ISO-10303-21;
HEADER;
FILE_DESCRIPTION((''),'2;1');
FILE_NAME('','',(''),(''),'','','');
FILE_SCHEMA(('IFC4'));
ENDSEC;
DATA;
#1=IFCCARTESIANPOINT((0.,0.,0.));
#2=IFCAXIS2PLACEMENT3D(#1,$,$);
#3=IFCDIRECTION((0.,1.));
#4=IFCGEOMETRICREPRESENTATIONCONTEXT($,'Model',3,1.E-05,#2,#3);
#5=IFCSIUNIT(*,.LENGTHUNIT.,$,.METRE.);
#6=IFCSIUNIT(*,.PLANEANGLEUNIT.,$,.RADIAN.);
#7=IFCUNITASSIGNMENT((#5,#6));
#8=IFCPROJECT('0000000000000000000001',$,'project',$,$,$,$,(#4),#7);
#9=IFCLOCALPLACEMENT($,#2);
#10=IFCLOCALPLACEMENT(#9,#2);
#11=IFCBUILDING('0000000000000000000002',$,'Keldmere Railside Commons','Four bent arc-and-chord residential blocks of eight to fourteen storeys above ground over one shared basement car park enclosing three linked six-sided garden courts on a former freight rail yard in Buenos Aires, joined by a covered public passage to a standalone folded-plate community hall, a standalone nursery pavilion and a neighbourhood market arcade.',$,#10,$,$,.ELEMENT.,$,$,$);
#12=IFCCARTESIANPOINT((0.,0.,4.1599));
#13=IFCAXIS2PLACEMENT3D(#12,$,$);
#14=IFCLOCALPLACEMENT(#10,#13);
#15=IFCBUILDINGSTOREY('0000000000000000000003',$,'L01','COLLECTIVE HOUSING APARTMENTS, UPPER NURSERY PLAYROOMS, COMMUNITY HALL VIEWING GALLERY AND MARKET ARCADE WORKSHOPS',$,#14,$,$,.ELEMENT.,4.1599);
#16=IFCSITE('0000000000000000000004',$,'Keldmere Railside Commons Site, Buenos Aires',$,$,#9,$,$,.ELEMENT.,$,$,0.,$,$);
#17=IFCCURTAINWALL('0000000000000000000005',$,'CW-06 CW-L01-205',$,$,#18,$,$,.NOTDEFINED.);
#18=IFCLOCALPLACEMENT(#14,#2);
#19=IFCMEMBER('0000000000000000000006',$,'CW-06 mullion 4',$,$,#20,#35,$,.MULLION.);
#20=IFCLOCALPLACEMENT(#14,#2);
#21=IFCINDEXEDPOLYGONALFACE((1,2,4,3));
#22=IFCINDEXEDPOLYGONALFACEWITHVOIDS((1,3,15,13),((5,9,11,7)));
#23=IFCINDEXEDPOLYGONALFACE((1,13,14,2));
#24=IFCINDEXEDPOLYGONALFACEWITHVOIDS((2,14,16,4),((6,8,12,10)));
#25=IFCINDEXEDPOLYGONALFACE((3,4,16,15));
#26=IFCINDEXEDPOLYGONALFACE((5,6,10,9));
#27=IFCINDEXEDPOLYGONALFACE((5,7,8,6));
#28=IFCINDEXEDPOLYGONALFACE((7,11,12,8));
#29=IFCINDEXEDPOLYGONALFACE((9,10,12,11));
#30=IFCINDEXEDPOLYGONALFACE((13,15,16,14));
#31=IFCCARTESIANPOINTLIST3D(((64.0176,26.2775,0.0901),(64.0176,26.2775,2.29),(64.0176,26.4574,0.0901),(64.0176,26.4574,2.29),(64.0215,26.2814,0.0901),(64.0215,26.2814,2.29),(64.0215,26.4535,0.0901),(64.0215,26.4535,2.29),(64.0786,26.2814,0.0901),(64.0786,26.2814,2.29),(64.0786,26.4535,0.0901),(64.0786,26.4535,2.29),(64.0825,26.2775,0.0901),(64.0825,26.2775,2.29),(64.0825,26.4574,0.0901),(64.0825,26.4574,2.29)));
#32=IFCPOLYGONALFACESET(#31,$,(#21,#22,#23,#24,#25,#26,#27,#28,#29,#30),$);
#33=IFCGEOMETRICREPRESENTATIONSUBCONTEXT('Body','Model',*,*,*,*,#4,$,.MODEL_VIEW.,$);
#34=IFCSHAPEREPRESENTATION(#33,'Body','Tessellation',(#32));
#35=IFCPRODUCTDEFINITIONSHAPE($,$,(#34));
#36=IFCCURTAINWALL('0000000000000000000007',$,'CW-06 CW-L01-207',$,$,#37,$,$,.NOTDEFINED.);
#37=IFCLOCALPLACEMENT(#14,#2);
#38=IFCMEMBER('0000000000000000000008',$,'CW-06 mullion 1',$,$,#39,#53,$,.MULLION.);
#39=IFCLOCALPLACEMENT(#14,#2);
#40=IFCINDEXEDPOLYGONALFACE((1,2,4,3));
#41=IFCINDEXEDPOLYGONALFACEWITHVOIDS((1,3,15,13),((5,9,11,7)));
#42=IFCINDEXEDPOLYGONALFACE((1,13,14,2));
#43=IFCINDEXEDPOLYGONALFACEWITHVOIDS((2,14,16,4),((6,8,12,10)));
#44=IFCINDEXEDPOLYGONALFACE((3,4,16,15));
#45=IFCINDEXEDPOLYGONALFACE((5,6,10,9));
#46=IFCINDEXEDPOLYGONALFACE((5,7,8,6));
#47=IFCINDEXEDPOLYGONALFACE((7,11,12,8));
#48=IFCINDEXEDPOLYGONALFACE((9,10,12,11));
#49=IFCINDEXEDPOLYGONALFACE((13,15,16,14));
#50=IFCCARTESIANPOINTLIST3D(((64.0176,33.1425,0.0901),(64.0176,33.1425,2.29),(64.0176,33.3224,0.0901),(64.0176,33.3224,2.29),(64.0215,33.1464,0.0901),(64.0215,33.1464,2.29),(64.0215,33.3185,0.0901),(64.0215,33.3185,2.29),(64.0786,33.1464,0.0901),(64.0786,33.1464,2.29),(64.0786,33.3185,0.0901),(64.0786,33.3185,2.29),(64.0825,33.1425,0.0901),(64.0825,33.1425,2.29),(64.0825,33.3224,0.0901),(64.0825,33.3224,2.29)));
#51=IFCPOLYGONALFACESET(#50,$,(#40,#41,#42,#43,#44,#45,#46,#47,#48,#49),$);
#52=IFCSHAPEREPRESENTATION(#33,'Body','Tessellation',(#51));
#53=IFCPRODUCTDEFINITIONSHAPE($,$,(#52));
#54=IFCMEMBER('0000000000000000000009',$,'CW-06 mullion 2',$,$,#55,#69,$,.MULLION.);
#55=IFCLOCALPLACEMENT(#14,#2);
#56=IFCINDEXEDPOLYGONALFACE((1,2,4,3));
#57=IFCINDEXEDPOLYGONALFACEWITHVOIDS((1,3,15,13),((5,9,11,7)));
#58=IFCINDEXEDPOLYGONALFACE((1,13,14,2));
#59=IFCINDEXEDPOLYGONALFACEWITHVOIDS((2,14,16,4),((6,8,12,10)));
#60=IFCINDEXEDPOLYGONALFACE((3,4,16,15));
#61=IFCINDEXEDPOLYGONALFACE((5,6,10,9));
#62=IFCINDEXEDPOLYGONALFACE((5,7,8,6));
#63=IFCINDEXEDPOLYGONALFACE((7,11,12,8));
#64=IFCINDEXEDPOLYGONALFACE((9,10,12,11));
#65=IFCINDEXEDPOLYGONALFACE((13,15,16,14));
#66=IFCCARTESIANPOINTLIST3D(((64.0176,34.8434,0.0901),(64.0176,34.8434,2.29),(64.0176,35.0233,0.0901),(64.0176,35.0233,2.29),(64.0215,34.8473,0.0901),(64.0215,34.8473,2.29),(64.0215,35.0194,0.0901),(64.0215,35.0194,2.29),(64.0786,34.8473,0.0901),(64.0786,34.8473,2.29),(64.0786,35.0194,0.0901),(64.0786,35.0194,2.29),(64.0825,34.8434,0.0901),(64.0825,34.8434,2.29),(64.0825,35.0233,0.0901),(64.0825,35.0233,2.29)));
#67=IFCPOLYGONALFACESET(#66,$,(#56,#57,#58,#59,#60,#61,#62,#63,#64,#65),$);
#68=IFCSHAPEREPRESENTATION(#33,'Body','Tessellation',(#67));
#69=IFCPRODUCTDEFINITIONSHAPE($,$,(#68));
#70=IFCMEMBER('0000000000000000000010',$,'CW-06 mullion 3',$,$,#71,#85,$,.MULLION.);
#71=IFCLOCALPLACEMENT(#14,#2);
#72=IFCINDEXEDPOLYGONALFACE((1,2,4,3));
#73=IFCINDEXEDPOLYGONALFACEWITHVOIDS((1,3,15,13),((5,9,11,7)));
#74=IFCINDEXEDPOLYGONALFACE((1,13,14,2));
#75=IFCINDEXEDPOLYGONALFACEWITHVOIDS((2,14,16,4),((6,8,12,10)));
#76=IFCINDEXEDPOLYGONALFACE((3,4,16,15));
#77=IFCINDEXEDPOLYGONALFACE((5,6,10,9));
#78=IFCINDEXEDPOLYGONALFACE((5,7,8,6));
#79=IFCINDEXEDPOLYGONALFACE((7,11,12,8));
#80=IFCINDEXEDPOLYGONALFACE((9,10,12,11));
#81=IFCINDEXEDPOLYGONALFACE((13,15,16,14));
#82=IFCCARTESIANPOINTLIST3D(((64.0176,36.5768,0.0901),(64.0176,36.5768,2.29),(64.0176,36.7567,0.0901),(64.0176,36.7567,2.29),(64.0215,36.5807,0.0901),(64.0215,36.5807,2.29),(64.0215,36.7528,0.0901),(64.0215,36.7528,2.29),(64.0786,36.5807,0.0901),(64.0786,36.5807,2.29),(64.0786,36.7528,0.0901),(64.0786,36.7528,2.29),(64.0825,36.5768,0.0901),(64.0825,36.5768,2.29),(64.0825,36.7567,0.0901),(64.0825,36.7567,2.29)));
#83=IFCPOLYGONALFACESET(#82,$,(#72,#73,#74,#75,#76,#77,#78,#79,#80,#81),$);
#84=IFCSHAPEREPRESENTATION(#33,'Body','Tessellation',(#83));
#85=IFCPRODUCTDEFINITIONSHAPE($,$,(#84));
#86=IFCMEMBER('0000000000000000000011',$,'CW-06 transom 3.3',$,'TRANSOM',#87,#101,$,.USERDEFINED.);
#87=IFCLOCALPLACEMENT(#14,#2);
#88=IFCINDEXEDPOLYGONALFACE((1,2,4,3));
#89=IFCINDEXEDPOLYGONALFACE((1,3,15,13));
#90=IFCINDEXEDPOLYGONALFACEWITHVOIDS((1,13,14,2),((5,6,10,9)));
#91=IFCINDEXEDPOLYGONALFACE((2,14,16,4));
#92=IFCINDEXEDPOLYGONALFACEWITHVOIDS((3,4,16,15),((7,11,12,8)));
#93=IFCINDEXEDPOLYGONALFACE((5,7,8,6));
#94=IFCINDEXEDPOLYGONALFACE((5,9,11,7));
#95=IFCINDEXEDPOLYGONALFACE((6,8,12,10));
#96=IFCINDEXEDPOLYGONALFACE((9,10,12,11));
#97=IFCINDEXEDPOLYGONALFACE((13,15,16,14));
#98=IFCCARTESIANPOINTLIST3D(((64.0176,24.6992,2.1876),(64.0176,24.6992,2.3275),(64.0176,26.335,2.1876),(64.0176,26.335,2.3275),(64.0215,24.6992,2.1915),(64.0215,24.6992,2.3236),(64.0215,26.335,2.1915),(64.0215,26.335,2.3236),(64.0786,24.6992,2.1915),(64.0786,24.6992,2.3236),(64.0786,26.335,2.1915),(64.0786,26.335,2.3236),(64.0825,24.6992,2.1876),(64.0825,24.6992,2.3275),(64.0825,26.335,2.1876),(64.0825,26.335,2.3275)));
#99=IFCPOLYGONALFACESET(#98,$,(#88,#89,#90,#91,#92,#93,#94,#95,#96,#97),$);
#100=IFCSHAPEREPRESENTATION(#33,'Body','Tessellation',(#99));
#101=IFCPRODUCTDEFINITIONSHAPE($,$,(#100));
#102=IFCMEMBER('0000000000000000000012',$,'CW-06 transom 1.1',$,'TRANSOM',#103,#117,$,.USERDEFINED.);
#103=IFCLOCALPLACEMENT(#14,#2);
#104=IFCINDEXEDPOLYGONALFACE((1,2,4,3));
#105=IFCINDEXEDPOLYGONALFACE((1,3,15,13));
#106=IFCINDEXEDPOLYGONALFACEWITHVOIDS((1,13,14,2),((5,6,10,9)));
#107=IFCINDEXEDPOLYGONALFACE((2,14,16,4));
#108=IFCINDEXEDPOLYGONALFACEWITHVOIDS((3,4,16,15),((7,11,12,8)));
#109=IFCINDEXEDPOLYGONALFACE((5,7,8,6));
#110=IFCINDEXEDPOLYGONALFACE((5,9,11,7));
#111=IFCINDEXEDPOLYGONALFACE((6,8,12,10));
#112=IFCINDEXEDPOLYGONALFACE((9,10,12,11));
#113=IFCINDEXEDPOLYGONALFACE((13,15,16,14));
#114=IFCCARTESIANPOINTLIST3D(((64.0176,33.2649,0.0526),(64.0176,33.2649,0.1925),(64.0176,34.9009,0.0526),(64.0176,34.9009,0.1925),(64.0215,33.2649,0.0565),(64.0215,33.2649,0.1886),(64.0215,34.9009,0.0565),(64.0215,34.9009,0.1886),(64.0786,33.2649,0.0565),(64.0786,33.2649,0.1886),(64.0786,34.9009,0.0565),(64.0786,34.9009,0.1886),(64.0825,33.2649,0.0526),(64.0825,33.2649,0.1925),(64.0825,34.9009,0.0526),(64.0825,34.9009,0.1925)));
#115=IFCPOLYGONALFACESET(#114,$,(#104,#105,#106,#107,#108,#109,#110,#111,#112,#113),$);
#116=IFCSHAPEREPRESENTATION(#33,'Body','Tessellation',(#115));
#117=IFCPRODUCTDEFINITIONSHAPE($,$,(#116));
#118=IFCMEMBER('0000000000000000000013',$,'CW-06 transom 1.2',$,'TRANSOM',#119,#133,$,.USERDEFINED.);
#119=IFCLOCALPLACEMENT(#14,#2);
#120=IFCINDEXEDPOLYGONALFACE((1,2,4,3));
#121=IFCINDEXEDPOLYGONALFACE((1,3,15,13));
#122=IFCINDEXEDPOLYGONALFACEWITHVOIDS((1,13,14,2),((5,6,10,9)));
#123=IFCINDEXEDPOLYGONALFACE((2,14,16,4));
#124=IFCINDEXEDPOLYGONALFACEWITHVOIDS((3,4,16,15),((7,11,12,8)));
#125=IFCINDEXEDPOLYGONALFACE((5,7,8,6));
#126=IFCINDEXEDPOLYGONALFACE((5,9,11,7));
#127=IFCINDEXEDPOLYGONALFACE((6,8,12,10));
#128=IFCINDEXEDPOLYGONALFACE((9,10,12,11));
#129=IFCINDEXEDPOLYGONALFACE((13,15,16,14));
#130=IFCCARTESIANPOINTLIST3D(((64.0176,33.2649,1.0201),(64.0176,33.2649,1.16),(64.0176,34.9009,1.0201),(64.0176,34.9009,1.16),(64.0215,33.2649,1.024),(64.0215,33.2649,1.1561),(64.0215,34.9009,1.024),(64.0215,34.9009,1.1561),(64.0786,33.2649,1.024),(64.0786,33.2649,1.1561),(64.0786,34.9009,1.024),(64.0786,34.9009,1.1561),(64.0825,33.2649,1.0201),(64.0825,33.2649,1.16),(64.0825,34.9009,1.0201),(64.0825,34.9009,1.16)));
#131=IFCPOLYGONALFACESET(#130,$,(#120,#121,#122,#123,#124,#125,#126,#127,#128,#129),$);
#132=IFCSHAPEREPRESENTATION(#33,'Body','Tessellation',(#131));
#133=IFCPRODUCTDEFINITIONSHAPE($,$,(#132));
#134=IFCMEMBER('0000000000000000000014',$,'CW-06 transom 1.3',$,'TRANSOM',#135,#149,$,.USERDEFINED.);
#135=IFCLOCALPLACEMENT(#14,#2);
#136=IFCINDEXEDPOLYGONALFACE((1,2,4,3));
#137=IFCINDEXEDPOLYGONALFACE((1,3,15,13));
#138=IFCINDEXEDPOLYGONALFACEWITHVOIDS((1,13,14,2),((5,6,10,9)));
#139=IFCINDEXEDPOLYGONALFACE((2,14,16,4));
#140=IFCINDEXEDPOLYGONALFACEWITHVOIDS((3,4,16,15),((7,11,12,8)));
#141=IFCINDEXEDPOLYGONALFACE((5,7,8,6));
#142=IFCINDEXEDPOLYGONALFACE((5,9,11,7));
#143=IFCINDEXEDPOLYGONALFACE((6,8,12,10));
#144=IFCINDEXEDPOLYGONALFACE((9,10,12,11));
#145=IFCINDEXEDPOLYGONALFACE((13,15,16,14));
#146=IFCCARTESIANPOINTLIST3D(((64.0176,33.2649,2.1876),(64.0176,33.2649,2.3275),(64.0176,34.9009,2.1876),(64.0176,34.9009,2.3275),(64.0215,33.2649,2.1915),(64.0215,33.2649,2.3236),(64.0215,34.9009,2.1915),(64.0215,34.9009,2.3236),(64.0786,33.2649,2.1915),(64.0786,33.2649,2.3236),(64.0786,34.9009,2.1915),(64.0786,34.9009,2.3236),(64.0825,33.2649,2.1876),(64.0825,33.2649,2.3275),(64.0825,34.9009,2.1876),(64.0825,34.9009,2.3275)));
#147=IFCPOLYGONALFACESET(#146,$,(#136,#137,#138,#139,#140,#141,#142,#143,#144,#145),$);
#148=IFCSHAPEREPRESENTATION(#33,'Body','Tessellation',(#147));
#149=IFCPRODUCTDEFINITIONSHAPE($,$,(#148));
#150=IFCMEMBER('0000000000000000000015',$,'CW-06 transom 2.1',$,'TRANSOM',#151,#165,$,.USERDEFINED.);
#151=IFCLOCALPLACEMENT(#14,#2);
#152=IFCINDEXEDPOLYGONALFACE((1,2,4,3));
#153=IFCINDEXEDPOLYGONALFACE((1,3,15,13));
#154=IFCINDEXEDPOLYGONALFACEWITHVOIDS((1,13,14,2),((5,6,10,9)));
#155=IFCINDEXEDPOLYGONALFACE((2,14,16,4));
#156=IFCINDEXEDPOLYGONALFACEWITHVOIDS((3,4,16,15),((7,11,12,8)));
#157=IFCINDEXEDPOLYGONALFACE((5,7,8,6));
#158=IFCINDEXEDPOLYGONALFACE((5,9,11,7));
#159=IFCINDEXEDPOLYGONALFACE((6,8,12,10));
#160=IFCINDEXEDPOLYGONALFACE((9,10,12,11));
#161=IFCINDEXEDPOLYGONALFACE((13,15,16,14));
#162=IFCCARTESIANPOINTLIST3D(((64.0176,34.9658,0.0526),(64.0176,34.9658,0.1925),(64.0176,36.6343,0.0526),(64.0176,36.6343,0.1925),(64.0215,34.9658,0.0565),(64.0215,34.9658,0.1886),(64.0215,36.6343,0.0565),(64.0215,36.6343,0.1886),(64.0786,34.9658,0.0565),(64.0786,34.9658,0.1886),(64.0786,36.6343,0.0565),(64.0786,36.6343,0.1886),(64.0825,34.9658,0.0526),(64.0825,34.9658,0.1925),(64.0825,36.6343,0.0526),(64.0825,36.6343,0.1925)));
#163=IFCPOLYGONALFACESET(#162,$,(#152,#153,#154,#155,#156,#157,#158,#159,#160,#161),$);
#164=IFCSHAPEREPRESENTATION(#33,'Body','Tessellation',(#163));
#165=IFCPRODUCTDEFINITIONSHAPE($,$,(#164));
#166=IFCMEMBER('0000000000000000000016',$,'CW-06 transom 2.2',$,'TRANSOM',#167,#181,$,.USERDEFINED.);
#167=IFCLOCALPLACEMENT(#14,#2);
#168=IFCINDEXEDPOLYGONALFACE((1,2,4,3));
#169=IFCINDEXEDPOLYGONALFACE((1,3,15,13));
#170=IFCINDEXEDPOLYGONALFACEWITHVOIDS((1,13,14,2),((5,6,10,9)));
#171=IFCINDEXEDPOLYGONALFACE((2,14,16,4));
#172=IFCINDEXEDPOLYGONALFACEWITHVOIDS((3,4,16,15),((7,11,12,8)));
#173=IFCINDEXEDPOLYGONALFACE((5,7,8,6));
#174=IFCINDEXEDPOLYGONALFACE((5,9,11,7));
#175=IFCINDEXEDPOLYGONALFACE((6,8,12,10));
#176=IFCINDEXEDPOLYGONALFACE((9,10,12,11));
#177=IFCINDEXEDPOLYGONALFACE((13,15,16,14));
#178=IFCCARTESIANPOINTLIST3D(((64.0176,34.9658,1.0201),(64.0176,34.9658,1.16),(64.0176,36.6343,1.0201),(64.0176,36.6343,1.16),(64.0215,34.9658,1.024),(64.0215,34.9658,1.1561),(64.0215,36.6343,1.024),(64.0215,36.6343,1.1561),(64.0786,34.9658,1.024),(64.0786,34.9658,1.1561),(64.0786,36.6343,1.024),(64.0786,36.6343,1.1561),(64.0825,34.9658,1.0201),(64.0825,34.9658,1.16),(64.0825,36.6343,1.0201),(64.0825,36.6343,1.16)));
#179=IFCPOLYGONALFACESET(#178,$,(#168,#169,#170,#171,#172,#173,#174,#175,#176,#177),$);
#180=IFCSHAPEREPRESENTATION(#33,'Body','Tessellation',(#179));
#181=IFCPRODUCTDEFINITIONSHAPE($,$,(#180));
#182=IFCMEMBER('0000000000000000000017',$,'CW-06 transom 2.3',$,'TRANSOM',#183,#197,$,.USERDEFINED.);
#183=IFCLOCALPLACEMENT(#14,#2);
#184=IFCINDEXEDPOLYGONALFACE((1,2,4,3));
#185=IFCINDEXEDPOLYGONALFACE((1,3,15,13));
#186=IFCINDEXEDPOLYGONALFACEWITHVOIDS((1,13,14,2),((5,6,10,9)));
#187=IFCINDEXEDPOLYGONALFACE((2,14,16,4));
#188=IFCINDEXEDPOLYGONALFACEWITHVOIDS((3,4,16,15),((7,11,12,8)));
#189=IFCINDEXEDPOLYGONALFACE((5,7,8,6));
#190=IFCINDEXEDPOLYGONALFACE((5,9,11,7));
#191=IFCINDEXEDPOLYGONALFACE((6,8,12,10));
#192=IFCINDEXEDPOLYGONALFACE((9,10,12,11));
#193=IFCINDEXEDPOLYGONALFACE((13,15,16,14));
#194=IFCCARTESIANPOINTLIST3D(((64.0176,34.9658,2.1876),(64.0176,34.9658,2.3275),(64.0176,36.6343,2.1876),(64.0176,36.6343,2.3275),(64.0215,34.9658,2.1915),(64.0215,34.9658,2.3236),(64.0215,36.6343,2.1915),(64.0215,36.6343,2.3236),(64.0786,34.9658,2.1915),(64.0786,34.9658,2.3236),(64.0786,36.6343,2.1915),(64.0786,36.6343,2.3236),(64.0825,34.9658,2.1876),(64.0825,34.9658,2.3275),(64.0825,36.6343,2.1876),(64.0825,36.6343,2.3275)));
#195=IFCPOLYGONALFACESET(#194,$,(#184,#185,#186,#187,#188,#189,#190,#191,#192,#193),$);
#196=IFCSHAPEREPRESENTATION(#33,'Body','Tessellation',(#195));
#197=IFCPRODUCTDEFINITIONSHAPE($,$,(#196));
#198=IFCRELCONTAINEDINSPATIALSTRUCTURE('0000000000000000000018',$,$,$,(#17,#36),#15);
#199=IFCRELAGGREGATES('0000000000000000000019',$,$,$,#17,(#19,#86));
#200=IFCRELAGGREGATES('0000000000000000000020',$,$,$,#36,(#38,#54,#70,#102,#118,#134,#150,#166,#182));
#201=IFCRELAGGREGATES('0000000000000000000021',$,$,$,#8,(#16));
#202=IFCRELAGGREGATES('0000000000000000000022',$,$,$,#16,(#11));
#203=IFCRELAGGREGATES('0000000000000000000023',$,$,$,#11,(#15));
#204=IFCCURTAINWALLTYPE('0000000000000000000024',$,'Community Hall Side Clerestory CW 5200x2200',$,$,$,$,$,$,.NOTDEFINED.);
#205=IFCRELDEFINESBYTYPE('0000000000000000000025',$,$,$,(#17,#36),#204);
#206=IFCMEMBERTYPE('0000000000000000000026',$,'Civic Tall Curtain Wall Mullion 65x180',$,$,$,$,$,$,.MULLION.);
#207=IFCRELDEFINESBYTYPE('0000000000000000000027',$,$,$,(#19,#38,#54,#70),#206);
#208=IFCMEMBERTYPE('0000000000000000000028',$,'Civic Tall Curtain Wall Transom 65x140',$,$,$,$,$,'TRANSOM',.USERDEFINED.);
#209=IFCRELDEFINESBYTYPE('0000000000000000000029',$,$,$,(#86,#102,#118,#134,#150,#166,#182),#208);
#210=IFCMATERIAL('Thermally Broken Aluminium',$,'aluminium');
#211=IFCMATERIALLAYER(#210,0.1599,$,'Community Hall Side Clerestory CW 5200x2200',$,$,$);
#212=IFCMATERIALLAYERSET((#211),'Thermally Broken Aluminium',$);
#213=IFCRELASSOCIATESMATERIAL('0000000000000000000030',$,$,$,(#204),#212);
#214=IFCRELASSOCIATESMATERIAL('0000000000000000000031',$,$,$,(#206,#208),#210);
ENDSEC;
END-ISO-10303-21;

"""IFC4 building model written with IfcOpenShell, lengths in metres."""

from ifc_helpers import new_model, si_unit, direction, frame, origin, origin_2d, place, context, subcontext, project, spatial, hollow_rectangle, extrude, material, layer, layer_set, material_profile, profile_set, type_object, element, aggregate, save


model = new_model("IFC4")

# Units and contexts
model_context = context("Model", 3, precision=1e-05, world=origin(), true_north=direction((0.0, 1.0)))
body_context = subcontext(model_context, "Body", "Model", "MODEL_VIEW")
ifc_project = project(units=[si_unit("LENGTHUNIT", "METRE"), si_unit("PLANEANGLEUNIT", "RADIAN")], contexts=[model_context])

# Site, building, storey
site_placement = place(None, origin())
site = spatial("IfcSite", under=ifc_project, at=site_placement, Name="Keldmere Railside Commons Site, Buenos Aires", CompositionType="ELEMENT", RefElevation=0.0)
building_placement = place(site_placement, origin())
building = spatial("IfcBuilding", under=site, at=building_placement, Name="Keldmere Railside Commons", Description="Four bent arc-and-chord residential blocks of eight to fourteen storeys above ground over one shared basement car park enclosing three linked six-sided garden courts on a former freight rail yard in Buenos Aires, joined by a covered public passage to a standalone folded-plate community hall, a standalone nursery pavilion and a neighbourhood market arcade.", CompositionType="ELEMENT")
storey_placement = place(building_placement, frame((0.0, 0.0, 4.1599)))
storey = spatial("IfcBuildingStorey", under=building, at=storey_placement, Name="L01", Description="COLLECTIVE HOUSING APARTMENTS, UPPER NURSERY PLAYROOMS, COMMUNITY HALL VIEWING GALLERY AND MARKET ARCADE WORKSHOPS", CompositionType="ELEMENT", Elevation=4.1599)

# Curtain wall, member
ifc_material_1 = material(Name="Thermally Broken Aluminium", Category="aluminium")
ifc_layer_1 = layer(ifc_material_1, 0.1599, Name="Community Hall Side Clerestory CW 5200x2200")
ifc_layer_set_1 = layer_set([ifc_layer_1], Name="Thermally Broken Aluminium")
curtain_wall_type = type_object("IfcCurtainWallType", Name="Community Hall Side Clerestory CW 5200x2200", PredefinedType="NOTDEFINED", material=ifc_layer_set_1)
curtain_wall_1_placement = place(storey_placement, origin())
curtain_wall_1 = element("IfcCurtainWall", 1, at=curtain_wall_1_placement, inside=storey, type_object=curtain_wall_type, Name="CW-06 CW-L01-205", PredefinedType="NOTDEFINED")
ifc_material_profile_1 = material_profile(ifc_material_1, hollow_rectangle(XDim=0.0649, YDim=0.1799, WallThickness=0.0039, at=origin_2d()), Name="ALU-MULL-65x180")
ifc_profile_set_1 = profile_set([ifc_material_profile_1], Name="Thermally Broken Aluminium")
member_type_1 = type_object("IfcMemberType", Name="Civic Tall Curtain Wall Mullion 65x180", PredefinedType="MULLION", material=ifc_profile_set_1)
member_1_placement = place(storey_placement, frame((64.05, 26.3674, 0.0901), z_axis=(0.0, 0.0, 1.0), x_axis=(-1.0, 0.0, 0.0)))
member_1 = element("IfcMember", 2, at=member_1_placement, type_object=member_type_1, Name="CW-06 mullion 4", PredefinedType="MULLION", context=body_context, shape_type="SweptSolid", body=[
    extrude(hollow_rectangle(XDim=0.0649, YDim=0.1799, WallThickness=0.0039, at=origin_2d()), origin(), (0.0, 0.0, 1.0), 2.2),
])

# Curtain wall, members
curtain_wall_2_placement = place(storey_placement, origin())
curtain_wall_2 = element("IfcCurtainWall", 3, at=curtain_wall_2_placement, inside=storey, type_object=curtain_wall_type, Name="CW-06 CW-L01-207", PredefinedType="NOTDEFINED")
member_2_placement = place(storey_placement, frame((64.05, 33.2324, 0.0901), z_axis=(0.0, 0.0, 1.0), x_axis=(-1.0, 0.0, 0.0)))
member_2 = element("IfcMember", 4, at=member_2_placement, type_object=member_type_1, Name="CW-06 mullion 1", PredefinedType="MULLION", context=body_context, shape_type="SweptSolid", body=[
    extrude(hollow_rectangle(XDim=0.0649, YDim=0.1799, WallThickness=0.0039, at=origin_2d()), origin(), (0.0, 0.0, 1.0), 2.2),
])
member_3_placement = place(storey_placement, frame((64.05, 34.9333, 0.0901), z_axis=(0.0, 0.0, 1.0), x_axis=(-1.0, 0.0, 0.0)))
member_3 = element("IfcMember", 5, at=member_3_placement, type_object=member_type_1, Name="CW-06 mullion 2", PredefinedType="MULLION", context=body_context, shape_type="SweptSolid", body=[
    extrude(hollow_rectangle(XDim=0.0649, YDim=0.1799, WallThickness=0.0039, at=origin_2d()), origin(), (0.0, 0.0, 1.0), 2.2),
])
member_4_placement = place(storey_placement, frame((64.05, 36.6667, 0.0901), z_axis=(0.0, 0.0, 1.0), x_axis=(-1.0, 0.0, 0.0)))
member_4 = element("IfcMember", 6, at=member_4_placement, type_object=member_type_1, Name="CW-06 mullion 3", PredefinedType="MULLION", context=body_context, shape_type="SweptSolid", body=[
    extrude(hollow_rectangle(XDim=0.0649, YDim=0.1799, WallThickness=0.0039, at=origin_2d()), origin(), (0.0, 0.0, 1.0), 2.2),
])

# Members
ifc_material_profile_2 = material_profile(ifc_material_1, hollow_rectangle(XDim=0.0649, YDim=0.1399, WallThickness=0.0039, at=origin_2d()), Name="ALU-TRAN-65x140")
ifc_profile_set_2 = profile_set([ifc_material_profile_2], Name="Thermally Broken Aluminium")
member_type_2 = type_object("IfcMemberType", Name="Civic Tall Curtain Wall Transom 65x140", ElementType="TRANSOM", PredefinedType="USERDEFINED", material=ifc_profile_set_2)
member_5_placement = place(storey_placement, frame((64.05, 24.6992, 2.2576), z_axis=(0.0, 1.0, 0.0), x_axis=(-1.0, 0.0, 0.0)))
member_5 = element("IfcMember", 7, at=member_5_placement, type_object=member_type_2, Name="CW-06 transom 3.3", ObjectType="TRANSOM", PredefinedType="USERDEFINED", context=body_context, shape_type="SweptSolid", body=[
    extrude(hollow_rectangle(XDim=0.0649, YDim=0.1399, WallThickness=0.0039, at=origin_2d()), origin(), (0.0, 0.0, 1.0), 1.6357),
])
member_6_placement = place(storey_placement, frame((64.05, 33.2649, 0.1226), z_axis=(0.0, 1.0, 0.0), x_axis=(-1.0, 0.0, 0.0)))
member_6 = element("IfcMember", 8, at=member_6_placement, type_object=member_type_2, Name="CW-06 transom 1.1", ObjectType="TRANSOM", PredefinedType="USERDEFINED", context=body_context, shape_type="SweptSolid", body=[
    extrude(hollow_rectangle(XDim=0.0649, YDim=0.1399, WallThickness=0.0039, at=origin_2d()), origin(), (0.0, 0.0, 1.0), 1.636),
])
member_7_placement = place(storey_placement, frame((64.05, 33.2649, 1.0901), z_axis=(0.0, 1.0, 0.0), x_axis=(-1.0, 0.0, 0.0)))
member_7 = element("IfcMember", 9, at=member_7_placement, type_object=member_type_2, Name="CW-06 transom 1.2", ObjectType="TRANSOM", PredefinedType="USERDEFINED", context=body_context, shape_type="SweptSolid", body=[
    extrude(hollow_rectangle(XDim=0.0649, YDim=0.1399, WallThickness=0.0039, at=origin_2d()), origin(), (0.0, 0.0, 1.0), 1.636),
])
member_8_placement = place(storey_placement, frame((64.05, 33.2649, 2.2576), z_axis=(0.0, 1.0, 0.0), x_axis=(-1.0, 0.0, 0.0)))
member_8 = element("IfcMember", 10, at=member_8_placement, type_object=member_type_2, Name="CW-06 transom 1.3", ObjectType="TRANSOM", PredefinedType="USERDEFINED", context=body_context, shape_type="SweptSolid", body=[
    extrude(hollow_rectangle(XDim=0.0649, YDim=0.1399, WallThickness=0.0039, at=origin_2d()), origin(), (0.0, 0.0, 1.0), 1.636),
])
member_9_placement = place(storey_placement, frame((64.05, 34.9658, 0.1226), z_axis=(0.0, 1.0, 0.0), x_axis=(-1.0, 0.0, 0.0)))
member_9 = element("IfcMember", 11, at=member_9_placement, type_object=member_type_2, Name="CW-06 transom 2.1", ObjectType="TRANSOM", PredefinedType="USERDEFINED", context=body_context, shape_type="SweptSolid", body=[
    extrude(hollow_rectangle(XDim=0.0649, YDim=0.1399, WallThickness=0.0039, at=origin_2d()), origin(), (0.0, 0.0, 1.0), 1.6685),
])
member_10_placement = place(storey_placement, frame((64.05, 34.9658, 1.0901), z_axis=(0.0, 1.0, 0.0), x_axis=(-1.0, 0.0, 0.0)))
member_10 = element("IfcMember", 12, at=member_10_placement, type_object=member_type_2, Name="CW-06 transom 2.2", ObjectType="TRANSOM", PredefinedType="USERDEFINED", context=body_context, shape_type="SweptSolid", body=[
    extrude(hollow_rectangle(XDim=0.0649, YDim=0.1399, WallThickness=0.0039, at=origin_2d()), origin(), (0.0, 0.0, 1.0), 1.6685),
])
member_11_placement = place(storey_placement, frame((64.05, 34.9658, 2.2576), z_axis=(0.0, 1.0, 0.0), x_axis=(-1.0, 0.0, 0.0)))
member_11 = element("IfcMember", 13, at=member_11_placement, type_object=member_type_2, Name="CW-06 transom 2.3", ObjectType="TRANSOM", PredefinedType="USERDEFINED", context=body_context, shape_type="SweptSolid", body=[
    extrude(hollow_rectangle(XDim=0.0649, YDim=0.1399, WallThickness=0.0039, at=origin_2d()), origin(), (0.0, 0.0, 1.0), 1.6685),
])

aggregate(curtain_wall_1, [member_1, member_5])
aggregate(curtain_wall_2, [member_2, member_3, member_4, member_6, member_7, member_8, member_9, member_10, member_11])

save(model, "model.ifc")
